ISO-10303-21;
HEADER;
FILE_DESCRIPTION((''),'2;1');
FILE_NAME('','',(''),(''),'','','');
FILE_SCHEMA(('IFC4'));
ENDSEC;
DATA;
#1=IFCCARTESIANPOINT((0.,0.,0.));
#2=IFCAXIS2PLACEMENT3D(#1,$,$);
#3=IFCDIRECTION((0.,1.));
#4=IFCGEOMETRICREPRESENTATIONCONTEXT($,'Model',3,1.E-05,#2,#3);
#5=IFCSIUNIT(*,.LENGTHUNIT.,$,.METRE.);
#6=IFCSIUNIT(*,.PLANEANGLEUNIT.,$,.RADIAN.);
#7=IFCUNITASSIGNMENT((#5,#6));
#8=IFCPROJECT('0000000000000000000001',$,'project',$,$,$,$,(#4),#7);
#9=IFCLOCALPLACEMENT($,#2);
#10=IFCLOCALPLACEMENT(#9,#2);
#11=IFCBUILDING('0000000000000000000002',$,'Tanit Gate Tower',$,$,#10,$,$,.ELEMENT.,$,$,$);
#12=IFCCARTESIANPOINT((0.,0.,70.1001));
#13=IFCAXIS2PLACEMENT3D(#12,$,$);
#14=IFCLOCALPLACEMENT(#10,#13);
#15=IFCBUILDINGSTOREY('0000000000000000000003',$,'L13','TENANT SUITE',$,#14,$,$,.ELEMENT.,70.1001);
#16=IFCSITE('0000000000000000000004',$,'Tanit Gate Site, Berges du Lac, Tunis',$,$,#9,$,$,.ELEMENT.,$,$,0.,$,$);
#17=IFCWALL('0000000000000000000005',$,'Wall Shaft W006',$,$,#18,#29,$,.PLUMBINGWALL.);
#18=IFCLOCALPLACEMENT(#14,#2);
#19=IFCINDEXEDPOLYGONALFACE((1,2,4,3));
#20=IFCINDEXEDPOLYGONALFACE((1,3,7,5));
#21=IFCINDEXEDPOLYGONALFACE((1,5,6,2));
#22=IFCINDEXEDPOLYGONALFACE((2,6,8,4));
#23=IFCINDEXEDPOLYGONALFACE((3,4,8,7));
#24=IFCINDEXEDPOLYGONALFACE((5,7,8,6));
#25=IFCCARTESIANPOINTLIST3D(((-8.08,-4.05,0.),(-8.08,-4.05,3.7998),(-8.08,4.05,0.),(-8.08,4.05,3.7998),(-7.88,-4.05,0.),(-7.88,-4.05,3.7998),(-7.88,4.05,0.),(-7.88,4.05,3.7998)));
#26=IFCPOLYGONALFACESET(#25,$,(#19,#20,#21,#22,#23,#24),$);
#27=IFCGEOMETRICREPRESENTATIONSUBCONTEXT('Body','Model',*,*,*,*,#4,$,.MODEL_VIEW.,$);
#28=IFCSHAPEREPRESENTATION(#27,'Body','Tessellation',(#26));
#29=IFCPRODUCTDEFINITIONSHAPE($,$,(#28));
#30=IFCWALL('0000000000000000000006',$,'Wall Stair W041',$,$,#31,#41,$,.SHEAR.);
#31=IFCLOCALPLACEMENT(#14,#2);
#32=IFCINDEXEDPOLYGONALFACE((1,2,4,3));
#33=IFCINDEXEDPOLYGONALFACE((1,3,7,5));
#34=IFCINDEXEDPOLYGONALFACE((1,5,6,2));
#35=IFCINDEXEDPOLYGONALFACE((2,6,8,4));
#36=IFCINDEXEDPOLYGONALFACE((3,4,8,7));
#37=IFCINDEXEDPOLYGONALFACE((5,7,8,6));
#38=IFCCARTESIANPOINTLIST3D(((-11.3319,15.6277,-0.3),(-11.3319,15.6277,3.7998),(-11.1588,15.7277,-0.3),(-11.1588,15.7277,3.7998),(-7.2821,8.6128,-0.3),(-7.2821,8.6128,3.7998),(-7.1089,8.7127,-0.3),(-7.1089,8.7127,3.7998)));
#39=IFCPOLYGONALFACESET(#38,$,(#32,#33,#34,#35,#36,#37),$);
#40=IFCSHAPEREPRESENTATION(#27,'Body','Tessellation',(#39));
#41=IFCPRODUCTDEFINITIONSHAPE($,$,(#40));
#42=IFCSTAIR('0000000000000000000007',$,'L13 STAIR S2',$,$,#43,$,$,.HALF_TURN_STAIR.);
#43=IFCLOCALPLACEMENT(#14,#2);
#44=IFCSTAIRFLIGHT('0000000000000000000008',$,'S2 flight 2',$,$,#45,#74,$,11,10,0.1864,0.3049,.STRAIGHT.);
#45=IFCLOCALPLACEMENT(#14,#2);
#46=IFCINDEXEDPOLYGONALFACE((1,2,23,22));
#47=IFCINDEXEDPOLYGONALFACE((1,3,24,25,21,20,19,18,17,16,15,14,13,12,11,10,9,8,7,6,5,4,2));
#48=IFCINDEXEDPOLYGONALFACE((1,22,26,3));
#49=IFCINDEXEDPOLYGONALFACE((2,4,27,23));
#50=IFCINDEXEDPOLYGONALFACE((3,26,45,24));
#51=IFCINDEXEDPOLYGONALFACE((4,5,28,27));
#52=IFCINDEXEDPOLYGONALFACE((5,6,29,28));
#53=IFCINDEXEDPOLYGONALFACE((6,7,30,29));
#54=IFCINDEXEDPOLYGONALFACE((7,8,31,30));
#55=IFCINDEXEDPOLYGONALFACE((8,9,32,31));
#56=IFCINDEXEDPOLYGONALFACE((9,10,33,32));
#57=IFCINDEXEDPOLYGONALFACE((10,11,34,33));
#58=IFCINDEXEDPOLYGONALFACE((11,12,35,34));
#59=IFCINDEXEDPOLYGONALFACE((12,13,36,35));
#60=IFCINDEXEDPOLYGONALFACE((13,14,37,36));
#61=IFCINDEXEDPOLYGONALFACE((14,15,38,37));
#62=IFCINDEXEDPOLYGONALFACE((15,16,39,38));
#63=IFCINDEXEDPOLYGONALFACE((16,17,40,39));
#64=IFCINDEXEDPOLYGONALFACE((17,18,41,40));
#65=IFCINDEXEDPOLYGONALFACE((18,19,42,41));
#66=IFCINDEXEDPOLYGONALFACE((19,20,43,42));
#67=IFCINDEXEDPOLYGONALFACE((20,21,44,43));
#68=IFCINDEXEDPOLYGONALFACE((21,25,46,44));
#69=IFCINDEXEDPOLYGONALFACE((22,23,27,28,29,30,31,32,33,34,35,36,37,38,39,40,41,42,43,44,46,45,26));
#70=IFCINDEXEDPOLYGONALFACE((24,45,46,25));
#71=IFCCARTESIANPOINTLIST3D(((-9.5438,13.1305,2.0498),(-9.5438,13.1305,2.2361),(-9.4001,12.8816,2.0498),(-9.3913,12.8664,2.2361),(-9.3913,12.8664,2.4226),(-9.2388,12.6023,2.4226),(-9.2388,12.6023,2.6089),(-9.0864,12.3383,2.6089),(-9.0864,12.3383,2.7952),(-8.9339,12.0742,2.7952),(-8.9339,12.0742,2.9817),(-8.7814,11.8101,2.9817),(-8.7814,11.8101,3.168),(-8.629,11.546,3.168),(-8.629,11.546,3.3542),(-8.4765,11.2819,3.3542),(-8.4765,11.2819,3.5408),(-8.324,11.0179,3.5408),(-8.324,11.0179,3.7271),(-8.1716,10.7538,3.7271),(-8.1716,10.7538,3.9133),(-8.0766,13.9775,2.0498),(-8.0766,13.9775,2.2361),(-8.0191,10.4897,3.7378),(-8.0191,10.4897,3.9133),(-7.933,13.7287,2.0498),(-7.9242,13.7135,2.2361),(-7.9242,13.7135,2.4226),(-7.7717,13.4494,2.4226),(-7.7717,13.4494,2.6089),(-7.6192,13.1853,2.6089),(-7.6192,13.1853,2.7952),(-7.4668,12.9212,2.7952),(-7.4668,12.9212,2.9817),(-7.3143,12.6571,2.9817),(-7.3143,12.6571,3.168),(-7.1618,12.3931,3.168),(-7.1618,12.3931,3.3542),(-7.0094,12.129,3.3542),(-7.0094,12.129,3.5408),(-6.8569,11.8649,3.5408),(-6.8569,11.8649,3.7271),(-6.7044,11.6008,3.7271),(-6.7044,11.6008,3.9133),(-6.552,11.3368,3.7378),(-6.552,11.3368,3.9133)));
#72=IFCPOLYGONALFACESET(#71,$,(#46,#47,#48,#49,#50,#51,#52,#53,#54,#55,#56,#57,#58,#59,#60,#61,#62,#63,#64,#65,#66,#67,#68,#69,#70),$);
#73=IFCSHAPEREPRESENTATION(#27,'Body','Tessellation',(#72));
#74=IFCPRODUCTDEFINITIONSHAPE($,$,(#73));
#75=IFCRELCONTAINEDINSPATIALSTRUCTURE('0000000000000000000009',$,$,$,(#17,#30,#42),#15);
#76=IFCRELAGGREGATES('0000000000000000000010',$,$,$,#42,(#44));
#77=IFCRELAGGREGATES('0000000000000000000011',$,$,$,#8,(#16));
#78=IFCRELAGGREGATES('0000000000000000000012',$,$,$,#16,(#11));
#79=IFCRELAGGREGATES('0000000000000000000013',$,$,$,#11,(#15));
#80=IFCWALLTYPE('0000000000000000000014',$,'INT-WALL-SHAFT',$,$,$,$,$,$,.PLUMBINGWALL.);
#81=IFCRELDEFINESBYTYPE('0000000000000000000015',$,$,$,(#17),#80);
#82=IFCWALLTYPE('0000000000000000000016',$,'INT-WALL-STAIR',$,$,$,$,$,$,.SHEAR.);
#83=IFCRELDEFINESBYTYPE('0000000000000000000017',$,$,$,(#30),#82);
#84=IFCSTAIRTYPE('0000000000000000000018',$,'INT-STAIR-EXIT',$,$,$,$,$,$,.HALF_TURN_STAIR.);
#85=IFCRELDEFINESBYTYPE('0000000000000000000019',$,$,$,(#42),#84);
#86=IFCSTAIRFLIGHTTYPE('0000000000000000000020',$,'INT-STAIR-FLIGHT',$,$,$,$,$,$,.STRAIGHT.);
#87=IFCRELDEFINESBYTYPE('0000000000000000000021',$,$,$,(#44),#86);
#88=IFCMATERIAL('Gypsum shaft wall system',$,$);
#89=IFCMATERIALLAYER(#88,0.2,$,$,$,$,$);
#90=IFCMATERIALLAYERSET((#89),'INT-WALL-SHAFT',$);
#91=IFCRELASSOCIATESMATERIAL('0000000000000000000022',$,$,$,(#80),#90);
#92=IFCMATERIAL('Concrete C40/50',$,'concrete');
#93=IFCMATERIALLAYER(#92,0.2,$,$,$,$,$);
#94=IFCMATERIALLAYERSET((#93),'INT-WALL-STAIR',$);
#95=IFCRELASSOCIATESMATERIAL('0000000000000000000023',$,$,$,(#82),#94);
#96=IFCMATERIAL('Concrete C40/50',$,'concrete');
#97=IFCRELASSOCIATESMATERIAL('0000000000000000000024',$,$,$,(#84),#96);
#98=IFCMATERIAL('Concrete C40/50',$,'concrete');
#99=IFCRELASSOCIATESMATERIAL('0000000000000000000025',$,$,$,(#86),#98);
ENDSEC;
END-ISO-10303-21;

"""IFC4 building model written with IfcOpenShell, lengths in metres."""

from ifc_helpers import new_model, si_unit, direction, frame, frame_2d, origin, place, context, subcontext, project, spatial, polyline, rectangle, outline, extrude, material, layer, layer_set, type_object, element, aggregate, save


model = new_model("IFC4")

# Units and contexts
model_context = context("Model", 3, precision=1e-05, world=origin(), true_north=direction((0.0, 1.0)))
body_context = subcontext(model_context, "Body", "Model", "MODEL_VIEW")
ifc_project = project(units=[si_unit("LENGTHUNIT", "METRE"), si_unit("PLANEANGLEUNIT", "RADIAN")], contexts=[model_context])

# Site, building, storey
site_placement = place(None, origin())
site = spatial("IfcSite", under=ifc_project, at=site_placement, Name="Tanit Gate Site, Berges du Lac, Tunis", CompositionType="ELEMENT", RefElevation=0.0)
building_placement = place(site_placement, origin())
building = spatial("IfcBuilding", under=site, at=building_placement, Name="Tanit Gate Tower", CompositionType="ELEMENT")
storey_placement = place(building_placement, frame((0.0, 0.0, 70.1001)))
storey = spatial("IfcBuildingStorey", under=building, at=storey_placement, Name="L13", Description="TENANT SUITE", CompositionType="ELEMENT", Elevation=70.1001)

# Walls
ifc_material_1 = material(Name="Gypsum shaft wall system")
ifc_layer_1 = layer(ifc_material_1, 0.2)
ifc_layer_set_1 = layer_set([ifc_layer_1], Name="INT-WALL-SHAFT")
wall_type_1 = type_object("IfcWallType", Name="INT-WALL-SHAFT", PredefinedType="PLUMBINGWALL", material=ifc_layer_set_1)
wall_1_placement = place(storey_placement, frame((-7.98, 4.05, 0.0), z_axis=(0.0, 0.0, 1.0), x_axis=(0.0, -1.0, 0.0)))
element("IfcWall", 1, at=wall_1_placement, inside=storey, type_object=wall_type_1, Name="Wall Shaft W006", PredefinedType="PLUMBINGWALL", context=body_context, shape_type="SweptSolid", body=[
    extrude(rectangle(XDim=8.1001, YDim=0.2, at=frame_2d((4.05, 0.0))), origin(), (0.0, 0.0, 1.0), 3.7998),
])
ifc_material_2 = material(Name="Concrete C40/50", Category="concrete")
ifc_layer_2 = layer(ifc_material_2, 0.2)
ifc_layer_set_2 = layer_set([ifc_layer_2], Name="INT-WALL-STAIR")
wall_type_2 = type_object("IfcWallType", Name="INT-WALL-STAIR", PredefinedType="SHEAR", material=ifc_layer_set_2)
wall_2_placement = place(storey_placement, frame((-11.2454, 15.6777, -0.3), z_axis=(0.0, 0.0, 1.0), x_axis=(0.499977, -0.866039, 0.0)))
element("IfcWall", 2, at=wall_2_placement, inside=storey, type_object=wall_type_2, Name="Wall Stair W041", PredefinedType="SHEAR", context=body_context, shape_type="SweptSolid", body=[
    extrude(rectangle(XDim=8.1001, YDim=0.2, at=frame_2d((4.05, 0.0))), origin(), (0.0, 0.0, 1.0), 4.0999),
])

# Stair, stair flight
ifc_material_3 = material(Name="Concrete C40/50", Category="concrete")
stair_type = type_object("IfcStairType", Name="INT-STAIR-EXIT", PredefinedType="HALF_TURN_STAIR", material=ifc_material_3)
stair_placement = place(storey_placement, origin())
stair = element("IfcStair", 3, at=stair_placement, inside=storey, type_object=stair_type, Name="L13 STAIR S2", PredefinedType="HALF_TURN_STAIR")
ifc_material_4 = material(Name="Concrete C40/50", Category="concrete")
stair_flight_type = type_object("IfcStairFlightType", Name="INT-STAIR-FLIGHT", PredefinedType="STRAIGHT", material=ifc_material_4)
stair_flight_placement = place(storey_placement, frame((-8.8103, 13.554, 2.0498), z_axis=(0.0, 0.0, 1.0), x_axis=(0.5, -0.866025, 0.0)))
stair_flight = element("IfcStairFlight", 4, at=stair_flight_placement, type_object=stair_flight_type, Name="S2 flight 2", NumberOfRisers=11, NumberOfTreads=10, PredefinedType="STRAIGHT", RiserHeight=0.1864, TreadLength=0.3049, context=body_context, shape_type="SweptSolid", body=[
    extrude(outline(polyline([(0.0, 0.0), (0.0, 0.1863), (0.3049, 0.1863), (0.3049, 0.3728), (0.6099, 0.3728), (0.6099, 0.5591), (0.9148, 0.5591), (0.9148, 0.7454), (1.2197, 0.7454), (1.2197, 0.9319), (1.5247, 0.9319), (1.5247, 1.1182), (1.8296, 1.1182), (1.8296, 1.3044), (2.1345, 1.3044), (2.1345, 1.491), (2.4395, 1.491), (2.4395, 1.6772), (2.7444, 1.6772), (2.7444, 1.8635), (3.0493, 1.8635), (3.0493, 2.05), (3.0493, 1.688), (0.2874, 0.0), (0.0, 0.0)])), frame((0.0, 0.8472, 0.0), z_axis=(0.0, -1.0, 0.0), x_axis=(1.0, 0.0, 0.0)), (0.0, 0.0, 1.0), 1.6941),
])
aggregate(stair, [stair_flight])

save(model, "model.ifc")
